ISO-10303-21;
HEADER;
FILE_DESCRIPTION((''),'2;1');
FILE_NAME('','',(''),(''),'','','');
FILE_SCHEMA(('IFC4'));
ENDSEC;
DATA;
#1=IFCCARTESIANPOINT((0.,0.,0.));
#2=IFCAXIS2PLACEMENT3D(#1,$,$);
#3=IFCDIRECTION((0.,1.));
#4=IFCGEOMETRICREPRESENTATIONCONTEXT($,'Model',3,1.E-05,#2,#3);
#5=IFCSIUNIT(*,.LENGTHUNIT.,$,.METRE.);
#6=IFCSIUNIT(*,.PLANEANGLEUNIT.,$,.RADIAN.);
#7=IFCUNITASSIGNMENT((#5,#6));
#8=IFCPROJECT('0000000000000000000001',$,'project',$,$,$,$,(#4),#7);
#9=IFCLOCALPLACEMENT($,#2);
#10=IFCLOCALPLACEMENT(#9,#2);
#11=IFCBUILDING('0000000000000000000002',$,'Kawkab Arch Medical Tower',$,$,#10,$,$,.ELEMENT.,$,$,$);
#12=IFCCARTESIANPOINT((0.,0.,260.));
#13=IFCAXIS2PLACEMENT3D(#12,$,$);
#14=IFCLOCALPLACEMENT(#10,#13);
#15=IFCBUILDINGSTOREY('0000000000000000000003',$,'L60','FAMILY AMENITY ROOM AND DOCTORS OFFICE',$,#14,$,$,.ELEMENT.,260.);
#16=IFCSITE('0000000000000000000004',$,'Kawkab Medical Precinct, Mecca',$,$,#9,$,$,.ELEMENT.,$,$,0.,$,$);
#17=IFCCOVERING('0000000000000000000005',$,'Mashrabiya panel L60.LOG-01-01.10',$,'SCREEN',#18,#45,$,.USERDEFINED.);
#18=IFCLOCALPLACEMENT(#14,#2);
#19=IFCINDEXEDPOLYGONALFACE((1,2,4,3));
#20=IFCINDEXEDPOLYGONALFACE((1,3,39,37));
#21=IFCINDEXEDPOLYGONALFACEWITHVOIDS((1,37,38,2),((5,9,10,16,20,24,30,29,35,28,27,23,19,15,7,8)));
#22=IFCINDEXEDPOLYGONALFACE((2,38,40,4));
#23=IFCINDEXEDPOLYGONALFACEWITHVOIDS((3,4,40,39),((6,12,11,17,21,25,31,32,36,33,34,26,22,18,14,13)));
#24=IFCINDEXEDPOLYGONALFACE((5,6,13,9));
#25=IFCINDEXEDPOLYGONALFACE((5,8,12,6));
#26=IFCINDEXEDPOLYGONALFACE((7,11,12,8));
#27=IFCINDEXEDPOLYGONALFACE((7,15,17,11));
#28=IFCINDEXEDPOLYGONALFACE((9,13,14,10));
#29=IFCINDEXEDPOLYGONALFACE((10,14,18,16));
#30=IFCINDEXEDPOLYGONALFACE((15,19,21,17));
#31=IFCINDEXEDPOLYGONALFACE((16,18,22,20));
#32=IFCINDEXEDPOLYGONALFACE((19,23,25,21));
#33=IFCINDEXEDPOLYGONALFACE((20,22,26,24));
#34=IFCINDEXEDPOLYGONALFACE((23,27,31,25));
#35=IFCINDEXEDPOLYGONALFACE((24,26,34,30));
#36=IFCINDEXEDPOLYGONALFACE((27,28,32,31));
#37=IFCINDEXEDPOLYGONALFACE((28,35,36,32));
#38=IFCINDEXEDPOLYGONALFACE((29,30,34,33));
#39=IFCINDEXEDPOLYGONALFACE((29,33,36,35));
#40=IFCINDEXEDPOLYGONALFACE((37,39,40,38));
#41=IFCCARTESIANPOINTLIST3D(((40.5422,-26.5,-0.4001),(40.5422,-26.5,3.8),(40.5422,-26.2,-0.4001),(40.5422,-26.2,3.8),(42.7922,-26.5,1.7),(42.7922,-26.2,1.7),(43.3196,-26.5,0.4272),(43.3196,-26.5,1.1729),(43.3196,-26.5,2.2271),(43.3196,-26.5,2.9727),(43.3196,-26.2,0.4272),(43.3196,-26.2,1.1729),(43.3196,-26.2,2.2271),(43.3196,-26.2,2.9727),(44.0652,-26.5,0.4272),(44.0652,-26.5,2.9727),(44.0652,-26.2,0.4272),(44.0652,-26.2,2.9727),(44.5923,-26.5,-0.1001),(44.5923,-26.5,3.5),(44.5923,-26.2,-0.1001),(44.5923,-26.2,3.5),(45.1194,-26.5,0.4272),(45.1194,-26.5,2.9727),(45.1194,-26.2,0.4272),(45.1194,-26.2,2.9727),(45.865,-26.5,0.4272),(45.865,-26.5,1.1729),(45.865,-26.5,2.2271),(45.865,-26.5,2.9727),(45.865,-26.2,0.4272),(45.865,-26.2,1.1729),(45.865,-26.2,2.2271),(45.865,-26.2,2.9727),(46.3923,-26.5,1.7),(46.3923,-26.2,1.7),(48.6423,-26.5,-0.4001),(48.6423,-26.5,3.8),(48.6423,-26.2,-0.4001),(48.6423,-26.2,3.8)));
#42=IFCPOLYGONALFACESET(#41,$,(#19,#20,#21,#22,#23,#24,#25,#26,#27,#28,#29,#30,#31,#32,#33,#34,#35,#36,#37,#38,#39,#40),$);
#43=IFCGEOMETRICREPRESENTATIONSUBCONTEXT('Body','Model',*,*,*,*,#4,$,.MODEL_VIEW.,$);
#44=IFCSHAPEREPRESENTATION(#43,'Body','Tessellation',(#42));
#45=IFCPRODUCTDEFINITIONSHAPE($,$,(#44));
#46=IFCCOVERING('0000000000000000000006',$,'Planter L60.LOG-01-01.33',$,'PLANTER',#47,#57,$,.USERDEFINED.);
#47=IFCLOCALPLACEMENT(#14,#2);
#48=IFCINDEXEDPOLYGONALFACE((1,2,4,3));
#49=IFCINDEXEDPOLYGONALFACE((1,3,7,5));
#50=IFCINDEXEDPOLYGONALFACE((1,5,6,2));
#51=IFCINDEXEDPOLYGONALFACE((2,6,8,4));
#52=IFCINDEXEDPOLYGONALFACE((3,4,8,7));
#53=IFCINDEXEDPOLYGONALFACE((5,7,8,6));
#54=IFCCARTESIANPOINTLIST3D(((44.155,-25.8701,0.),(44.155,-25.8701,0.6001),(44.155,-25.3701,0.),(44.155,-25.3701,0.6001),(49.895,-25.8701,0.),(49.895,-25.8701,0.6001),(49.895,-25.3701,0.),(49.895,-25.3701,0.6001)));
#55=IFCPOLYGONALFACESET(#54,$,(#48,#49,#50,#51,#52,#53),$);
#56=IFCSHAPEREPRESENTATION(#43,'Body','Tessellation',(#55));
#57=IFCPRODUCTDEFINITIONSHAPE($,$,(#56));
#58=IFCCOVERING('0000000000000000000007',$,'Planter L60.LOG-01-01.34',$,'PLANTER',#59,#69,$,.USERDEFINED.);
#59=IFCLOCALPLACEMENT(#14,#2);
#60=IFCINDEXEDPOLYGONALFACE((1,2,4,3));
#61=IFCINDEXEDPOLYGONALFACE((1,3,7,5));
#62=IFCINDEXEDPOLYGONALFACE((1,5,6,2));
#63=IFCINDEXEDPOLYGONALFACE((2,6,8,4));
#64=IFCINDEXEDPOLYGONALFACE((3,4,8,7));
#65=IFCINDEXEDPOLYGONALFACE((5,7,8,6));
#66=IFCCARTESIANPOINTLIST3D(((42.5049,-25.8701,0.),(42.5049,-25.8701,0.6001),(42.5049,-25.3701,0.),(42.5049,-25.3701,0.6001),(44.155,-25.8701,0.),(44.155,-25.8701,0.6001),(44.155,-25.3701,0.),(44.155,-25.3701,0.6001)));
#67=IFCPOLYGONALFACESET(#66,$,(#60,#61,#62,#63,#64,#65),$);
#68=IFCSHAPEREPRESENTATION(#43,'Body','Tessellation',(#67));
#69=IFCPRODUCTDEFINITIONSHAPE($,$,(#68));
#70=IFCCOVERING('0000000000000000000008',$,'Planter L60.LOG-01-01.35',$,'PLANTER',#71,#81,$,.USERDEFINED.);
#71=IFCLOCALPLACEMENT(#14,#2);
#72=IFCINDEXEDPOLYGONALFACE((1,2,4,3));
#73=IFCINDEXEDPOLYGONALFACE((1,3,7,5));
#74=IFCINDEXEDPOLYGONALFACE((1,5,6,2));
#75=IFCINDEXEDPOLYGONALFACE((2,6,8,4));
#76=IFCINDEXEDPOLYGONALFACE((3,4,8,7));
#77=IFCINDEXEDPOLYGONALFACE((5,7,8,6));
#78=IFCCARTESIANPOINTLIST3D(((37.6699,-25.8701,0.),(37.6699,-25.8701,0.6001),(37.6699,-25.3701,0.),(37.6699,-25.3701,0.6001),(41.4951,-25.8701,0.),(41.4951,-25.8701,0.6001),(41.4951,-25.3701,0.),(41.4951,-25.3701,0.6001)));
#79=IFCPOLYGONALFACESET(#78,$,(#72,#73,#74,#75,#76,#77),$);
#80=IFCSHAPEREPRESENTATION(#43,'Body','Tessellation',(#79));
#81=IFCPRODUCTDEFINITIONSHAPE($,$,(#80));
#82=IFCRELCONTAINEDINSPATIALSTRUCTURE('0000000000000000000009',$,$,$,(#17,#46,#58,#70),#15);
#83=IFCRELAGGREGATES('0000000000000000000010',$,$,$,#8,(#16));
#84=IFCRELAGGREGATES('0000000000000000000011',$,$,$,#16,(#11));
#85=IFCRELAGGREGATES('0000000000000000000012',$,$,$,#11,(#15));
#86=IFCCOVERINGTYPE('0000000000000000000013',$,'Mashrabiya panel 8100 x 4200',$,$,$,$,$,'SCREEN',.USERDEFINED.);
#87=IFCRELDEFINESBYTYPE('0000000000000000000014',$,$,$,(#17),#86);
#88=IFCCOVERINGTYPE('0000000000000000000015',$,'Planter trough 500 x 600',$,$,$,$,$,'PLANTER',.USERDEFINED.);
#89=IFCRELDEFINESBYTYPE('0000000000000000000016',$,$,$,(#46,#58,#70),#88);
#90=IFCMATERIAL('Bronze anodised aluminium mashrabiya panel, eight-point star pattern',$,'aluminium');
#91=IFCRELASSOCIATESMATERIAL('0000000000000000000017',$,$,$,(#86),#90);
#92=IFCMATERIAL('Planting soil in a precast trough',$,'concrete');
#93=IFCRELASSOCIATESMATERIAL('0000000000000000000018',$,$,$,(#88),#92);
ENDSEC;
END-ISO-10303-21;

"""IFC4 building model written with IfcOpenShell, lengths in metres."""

from ifc_helpers import new_model, si_unit, direction, frame, origin, origin_2d, place, context, subcontext, project, spatial, polyline, rectangle, outline, extrude, material, material_profile, profile_set, type_object, element, save


model = new_model("IFC4")

# Units and contexts
model_context = context("Model", 3, precision=1e-05, world=origin(), true_north=direction((0.0, 1.0)))
body_context = subcontext(model_context, "Body", "Model", "MODEL_VIEW")
ifc_project = project(units=[si_unit("LENGTHUNIT", "METRE"), si_unit("PLANEANGLEUNIT", "RADIAN")], contexts=[model_context])

# Site, building, storey
site_placement = place(None, origin())
site = spatial("IfcSite", under=ifc_project, at=site_placement, Name="Kawkab Medical Precinct, Mecca", CompositionType="ELEMENT", RefElevation=0.0)
building_placement = place(site_placement, origin())
building = spatial("IfcBuilding", under=site, at=building_placement, Name="Kawkab Arch Medical Tower", CompositionType="ELEMENT")
storey_placement = place(building_placement, frame((0.0, 0.0, 260.0)))
storey = spatial("IfcBuildingStorey", under=building, at=storey_placement, Name="L60", Description="FAMILY AMENITY ROOM AND DOCTORS OFFICE", CompositionType="ELEMENT", Elevation=260.0)

# Coverings
ifc_material_1 = material(Name="Bronze anodised aluminium mashrabiya panel, eight-point star pattern", Category="aluminium")
ifc_material_profile_1 = material_profile(ifc_material_1, outline(polyline([(-4.05, -2.1001), (4.05, -2.1001), (4.05, 2.1001), (-4.05, 2.1001), (-4.05, -2.1001)]), holes=[polyline([(1.8, 0.0), (1.2727, 0.5271), (1.2727, 1.2727), (0.5271, 1.2727), (0.0, 1.8), (-0.5271, 1.2727), (-1.2727, 1.2727), (-1.2727, 0.5271), (-1.8, 0.0), (-1.2727, -0.5271), (-1.2727, -1.2727), (-0.5271, -1.2727), (0.0, -1.8), (0.5271, -1.2727), (1.2727, -1.2727), (1.2727, -0.5271), (1.8, 0.0)])]), Name="Mashrabiya panel 8100x4200")
ifc_profile_set_1 = profile_set([ifc_material_profile_1], Name="Bronze anodised aluminium mashrabiya panel, eight-point star pattern")
covering_type_1 = type_object("IfcCoveringType", Name="Mashrabiya panel 8100 x 4200", ElementType="SCREEN", PredefinedType="USERDEFINED", material=ifc_profile_set_1)
covering_1_placement = place(storey_placement, frame((44.5923, -26.2, 1.7), z_axis=(0.0, -1.0, 0.0), x_axis=(1.0, 0.0, 0.0)))
element("IfcCovering", 1, at=covering_1_placement, inside=storey, type_object=covering_type_1, Name="Mashrabiya panel L60.LOG-01-01.10", ObjectType="SCREEN", PredefinedType="USERDEFINED", context=body_context, shape_type="SweptSolid", body=[
    extrude(outline(polyline([(-4.05, -2.1001), (4.05, -2.1001), (4.05, 2.1001), (-4.05, 2.1001), (-4.05, -2.1001)]), holes=[polyline([(1.8, 0.0), (1.2727, 0.5271), (1.2727, 1.2727), (0.5271, 1.2727), (0.0, 1.8), (-0.5271, 1.2727), (-1.2727, 1.2727), (-1.2727, 0.5271), (-1.8, 0.0), (-1.2727, -0.5271), (-1.2727, -1.2727), (-0.5271, -1.2727), (0.0, -1.8), (0.5271, -1.2727), (1.2727, -1.2727), (1.2727, -0.5271), (1.8, 0.0)])]), origin(), (0.0, 0.0, 1.0), 0.3),
])
ifc_material_2 = material(Name="Planting soil in a precast trough", Category="concrete")
ifc_material_profile_2 = material_profile(ifc_material_2, rectangle(XDim=0.5, YDim=0.6001, at=origin_2d()), Name="Trough 500x600")
ifc_profile_set_2 = profile_set([ifc_material_profile_2], Name="Planting soil in a precast trough")
covering_type_2 = type_object("IfcCoveringType", Name="Planter trough 500 x 600", ElementType="PLANTER", PredefinedType="USERDEFINED", material=ifc_profile_set_2)
covering_2_placement = place(storey_placement, frame((49.895, -25.6201, 0.3), z_axis=(-1.0, 0.0, 0.0), x_axis=(0.0, -1.0, 0.0)))
element("IfcCovering", 2, at=covering_2_placement, inside=storey, type_object=covering_type_2, Name="Planter L60.LOG-01-01.33", ObjectType="PLANTER", PredefinedType="USERDEFINED", context=body_context, shape_type="SweptSolid", body=[
    extrude(rectangle(XDim=0.5, YDim=0.6001, at=origin_2d()), origin(), (0.0, 0.0, 1.0), 5.74),
])
covering_3_placement = place(storey_placement, frame((44.155, -25.6201, 0.3), z_axis=(-1.0, 0.0, 0.0), x_axis=(0.0, -1.0, 0.0)))
element("IfcCovering", 3, at=covering_3_placement, inside=storey, type_object=covering_type_2, Name="Planter L60.LOG-01-01.34", ObjectType="PLANTER", PredefinedType="USERDEFINED", context=body_context, shape_type="SweptSolid", body=[
    extrude(rectangle(XDim=0.5, YDim=0.6001, at=origin_2d()), origin(), (0.0, 0.0, 1.0), 1.6501),
])
covering_4_placement = place(storey_placement, frame((41.4951, -25.6201, 0.3), z_axis=(-1.0, 0.0, 0.0), x_axis=(0.0, -1.0, 0.0)))
element("IfcCovering", 4, at=covering_4_placement, inside=storey, type_object=covering_type_2, Name="Planter L60.LOG-01-01.35", ObjectType="PLANTER", PredefinedType="USERDEFINED", context=body_context, shape_type="SweptSolid", body=[
    extrude(rectangle(XDim=0.5, YDim=0.6001, at=origin_2d()), origin(), (0.0, 0.0, 1.0), 3.8252),
])

save(model, "model.ifc")
